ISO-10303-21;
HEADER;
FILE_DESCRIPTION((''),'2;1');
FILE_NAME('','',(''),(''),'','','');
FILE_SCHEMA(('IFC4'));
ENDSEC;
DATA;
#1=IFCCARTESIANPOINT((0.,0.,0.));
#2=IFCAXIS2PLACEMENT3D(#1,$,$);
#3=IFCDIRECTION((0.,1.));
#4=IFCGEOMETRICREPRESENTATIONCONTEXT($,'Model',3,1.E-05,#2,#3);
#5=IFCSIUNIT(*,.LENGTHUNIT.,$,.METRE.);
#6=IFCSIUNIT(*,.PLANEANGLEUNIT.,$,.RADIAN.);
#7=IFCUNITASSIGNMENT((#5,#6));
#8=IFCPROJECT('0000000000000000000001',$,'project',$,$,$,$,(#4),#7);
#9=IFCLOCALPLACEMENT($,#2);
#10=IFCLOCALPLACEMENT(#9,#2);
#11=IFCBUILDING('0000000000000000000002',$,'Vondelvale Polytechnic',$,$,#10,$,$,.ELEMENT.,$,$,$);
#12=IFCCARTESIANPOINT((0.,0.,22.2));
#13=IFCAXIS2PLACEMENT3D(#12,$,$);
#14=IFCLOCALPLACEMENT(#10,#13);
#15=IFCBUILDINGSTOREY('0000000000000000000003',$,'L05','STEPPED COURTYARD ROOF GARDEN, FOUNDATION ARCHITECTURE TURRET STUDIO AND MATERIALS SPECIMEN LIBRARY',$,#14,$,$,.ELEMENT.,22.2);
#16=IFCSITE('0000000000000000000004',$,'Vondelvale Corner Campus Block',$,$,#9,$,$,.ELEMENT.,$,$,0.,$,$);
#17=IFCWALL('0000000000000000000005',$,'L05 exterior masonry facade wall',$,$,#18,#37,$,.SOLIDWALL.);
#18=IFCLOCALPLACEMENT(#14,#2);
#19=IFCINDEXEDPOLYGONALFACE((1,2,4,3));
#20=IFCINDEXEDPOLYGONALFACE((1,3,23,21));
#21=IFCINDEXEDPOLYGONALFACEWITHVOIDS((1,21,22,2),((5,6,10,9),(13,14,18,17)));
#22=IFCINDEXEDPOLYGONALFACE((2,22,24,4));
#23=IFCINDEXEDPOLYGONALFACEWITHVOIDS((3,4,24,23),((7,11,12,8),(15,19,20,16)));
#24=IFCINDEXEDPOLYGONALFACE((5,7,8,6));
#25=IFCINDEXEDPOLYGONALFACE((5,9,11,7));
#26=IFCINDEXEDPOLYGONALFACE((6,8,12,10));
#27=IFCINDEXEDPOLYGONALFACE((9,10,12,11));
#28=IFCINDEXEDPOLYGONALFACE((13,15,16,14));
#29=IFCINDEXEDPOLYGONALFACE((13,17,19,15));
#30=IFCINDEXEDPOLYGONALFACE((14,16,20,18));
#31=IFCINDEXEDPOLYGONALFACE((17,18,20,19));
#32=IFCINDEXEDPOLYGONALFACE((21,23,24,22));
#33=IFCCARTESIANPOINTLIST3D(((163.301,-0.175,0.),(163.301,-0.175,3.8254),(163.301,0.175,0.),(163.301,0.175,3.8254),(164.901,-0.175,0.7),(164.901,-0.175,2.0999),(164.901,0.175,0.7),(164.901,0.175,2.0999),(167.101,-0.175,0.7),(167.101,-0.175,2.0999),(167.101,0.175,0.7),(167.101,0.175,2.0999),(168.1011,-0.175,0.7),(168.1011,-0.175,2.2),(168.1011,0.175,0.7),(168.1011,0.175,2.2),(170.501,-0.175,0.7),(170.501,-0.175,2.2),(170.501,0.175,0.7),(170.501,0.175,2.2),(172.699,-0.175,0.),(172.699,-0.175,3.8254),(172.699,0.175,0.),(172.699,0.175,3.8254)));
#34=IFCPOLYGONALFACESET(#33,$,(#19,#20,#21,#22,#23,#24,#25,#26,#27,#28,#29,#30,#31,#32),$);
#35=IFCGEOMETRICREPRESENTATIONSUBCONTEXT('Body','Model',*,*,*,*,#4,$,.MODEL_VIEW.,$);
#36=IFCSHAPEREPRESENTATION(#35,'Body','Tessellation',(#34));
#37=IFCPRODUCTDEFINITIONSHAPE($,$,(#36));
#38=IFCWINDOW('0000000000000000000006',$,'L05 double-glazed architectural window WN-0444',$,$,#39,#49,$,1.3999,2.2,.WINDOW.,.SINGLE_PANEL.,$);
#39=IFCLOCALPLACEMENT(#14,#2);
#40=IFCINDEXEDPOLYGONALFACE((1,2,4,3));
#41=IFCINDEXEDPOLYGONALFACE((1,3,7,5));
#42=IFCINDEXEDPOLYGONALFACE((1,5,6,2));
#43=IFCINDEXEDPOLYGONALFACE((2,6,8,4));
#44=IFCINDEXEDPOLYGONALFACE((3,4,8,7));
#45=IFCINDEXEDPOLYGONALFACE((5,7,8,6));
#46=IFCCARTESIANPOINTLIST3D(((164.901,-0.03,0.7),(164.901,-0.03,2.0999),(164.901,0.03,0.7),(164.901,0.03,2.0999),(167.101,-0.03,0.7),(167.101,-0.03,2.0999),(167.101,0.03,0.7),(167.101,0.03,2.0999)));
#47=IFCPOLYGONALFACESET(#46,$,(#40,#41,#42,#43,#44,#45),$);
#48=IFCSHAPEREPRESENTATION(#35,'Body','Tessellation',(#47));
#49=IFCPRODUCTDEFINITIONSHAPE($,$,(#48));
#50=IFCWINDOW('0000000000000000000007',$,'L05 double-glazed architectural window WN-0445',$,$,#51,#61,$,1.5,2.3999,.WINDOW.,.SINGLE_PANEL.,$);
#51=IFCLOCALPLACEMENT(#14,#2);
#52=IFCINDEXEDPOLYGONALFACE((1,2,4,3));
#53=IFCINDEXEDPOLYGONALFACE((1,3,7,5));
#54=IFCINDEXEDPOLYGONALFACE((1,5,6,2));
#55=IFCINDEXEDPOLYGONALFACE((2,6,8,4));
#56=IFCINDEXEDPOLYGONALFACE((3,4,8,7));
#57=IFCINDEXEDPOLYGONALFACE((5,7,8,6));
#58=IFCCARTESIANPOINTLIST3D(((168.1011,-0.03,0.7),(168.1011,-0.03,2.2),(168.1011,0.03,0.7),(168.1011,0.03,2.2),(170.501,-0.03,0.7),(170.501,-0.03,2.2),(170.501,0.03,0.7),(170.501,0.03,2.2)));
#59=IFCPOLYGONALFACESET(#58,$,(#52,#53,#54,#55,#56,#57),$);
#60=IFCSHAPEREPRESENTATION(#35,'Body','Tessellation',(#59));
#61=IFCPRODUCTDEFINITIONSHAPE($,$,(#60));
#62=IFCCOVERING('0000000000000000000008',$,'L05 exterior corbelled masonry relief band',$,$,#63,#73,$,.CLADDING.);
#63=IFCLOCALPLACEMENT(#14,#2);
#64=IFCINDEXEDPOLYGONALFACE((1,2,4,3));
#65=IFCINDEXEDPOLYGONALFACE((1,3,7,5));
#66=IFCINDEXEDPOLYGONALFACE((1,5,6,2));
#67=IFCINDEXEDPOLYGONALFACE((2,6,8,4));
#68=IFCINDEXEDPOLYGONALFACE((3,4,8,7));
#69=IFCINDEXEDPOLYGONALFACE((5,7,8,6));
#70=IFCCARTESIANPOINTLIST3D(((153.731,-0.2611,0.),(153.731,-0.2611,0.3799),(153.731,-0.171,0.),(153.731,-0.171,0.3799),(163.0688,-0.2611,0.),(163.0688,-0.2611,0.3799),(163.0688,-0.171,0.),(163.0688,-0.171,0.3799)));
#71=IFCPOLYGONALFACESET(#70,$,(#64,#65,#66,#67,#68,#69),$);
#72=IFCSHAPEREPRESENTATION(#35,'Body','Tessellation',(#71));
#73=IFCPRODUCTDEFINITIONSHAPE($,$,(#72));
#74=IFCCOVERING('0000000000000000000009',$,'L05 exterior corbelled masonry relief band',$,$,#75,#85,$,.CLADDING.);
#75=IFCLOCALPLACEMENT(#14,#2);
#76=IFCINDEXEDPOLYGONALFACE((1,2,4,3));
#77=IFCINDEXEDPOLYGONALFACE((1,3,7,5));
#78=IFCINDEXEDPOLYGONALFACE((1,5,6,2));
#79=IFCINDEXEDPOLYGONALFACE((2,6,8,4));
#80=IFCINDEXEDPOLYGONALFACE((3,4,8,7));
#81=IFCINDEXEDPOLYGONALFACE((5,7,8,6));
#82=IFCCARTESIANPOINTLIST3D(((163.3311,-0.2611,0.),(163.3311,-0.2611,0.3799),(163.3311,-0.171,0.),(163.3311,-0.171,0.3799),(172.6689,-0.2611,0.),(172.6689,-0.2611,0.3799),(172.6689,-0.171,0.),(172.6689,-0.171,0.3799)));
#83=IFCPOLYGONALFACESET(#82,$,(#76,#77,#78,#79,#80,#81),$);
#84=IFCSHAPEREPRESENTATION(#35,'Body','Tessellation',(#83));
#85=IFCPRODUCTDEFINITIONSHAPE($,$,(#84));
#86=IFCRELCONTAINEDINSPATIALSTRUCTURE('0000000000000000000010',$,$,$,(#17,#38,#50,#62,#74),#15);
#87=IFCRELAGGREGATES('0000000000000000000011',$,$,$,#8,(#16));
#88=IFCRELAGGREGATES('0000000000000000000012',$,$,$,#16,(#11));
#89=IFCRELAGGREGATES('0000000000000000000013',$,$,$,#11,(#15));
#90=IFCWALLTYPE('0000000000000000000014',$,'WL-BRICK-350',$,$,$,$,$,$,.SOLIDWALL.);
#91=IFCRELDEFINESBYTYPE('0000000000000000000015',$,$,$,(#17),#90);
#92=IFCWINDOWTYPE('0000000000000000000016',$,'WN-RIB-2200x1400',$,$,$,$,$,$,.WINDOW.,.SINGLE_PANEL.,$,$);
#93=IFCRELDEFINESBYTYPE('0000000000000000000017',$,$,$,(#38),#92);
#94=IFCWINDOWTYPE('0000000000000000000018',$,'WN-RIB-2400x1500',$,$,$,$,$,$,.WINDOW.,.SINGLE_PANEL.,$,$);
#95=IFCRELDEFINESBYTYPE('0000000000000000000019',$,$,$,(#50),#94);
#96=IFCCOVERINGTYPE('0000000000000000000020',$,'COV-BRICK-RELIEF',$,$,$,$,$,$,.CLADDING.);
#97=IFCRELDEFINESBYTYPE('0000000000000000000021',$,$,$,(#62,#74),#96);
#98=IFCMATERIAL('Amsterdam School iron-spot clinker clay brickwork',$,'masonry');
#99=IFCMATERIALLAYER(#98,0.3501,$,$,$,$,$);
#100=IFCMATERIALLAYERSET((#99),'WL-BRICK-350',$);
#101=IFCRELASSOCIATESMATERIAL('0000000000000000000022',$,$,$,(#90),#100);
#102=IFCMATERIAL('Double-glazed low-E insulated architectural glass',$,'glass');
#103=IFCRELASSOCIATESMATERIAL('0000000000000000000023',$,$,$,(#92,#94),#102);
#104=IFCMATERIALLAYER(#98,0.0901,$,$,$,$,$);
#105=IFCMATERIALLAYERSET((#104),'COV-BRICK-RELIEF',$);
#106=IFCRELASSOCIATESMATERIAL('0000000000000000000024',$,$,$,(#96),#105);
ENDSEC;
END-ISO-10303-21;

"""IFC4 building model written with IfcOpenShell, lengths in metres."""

from ifc_helpers import new_model, si_unit, direction, frame, frame_2d, origin, origin_2d, place, context, subcontext, project, spatial, rectangle, extrude, material, layer, layer_set, type_object, element, fill, save


model = new_model("IFC4")

# Units and contexts
model_context = context("Model", 3, precision=1e-05, world=origin(), true_north=direction((0.0, 1.0)))
body_context = subcontext(model_context, "Body", "Model", "MODEL_VIEW")
ifc_project = project(units=[si_unit("LENGTHUNIT", "METRE"), si_unit("PLANEANGLEUNIT", "RADIAN")], contexts=[model_context])

# Site, building, storey
site_placement = place(None, origin())
site = spatial("IfcSite", under=ifc_project, at=site_placement, Name="Vondelvale Corner Campus Block", CompositionType="ELEMENT", RefElevation=0.0)
building_placement = place(site_placement, origin())
building = spatial("IfcBuilding", under=site, at=building_placement, Name="Vondelvale Polytechnic", CompositionType="ELEMENT")
storey_placement = place(building_placement, frame((0.0, 0.0, 22.2)))
storey = spatial("IfcBuildingStorey", under=building, at=storey_placement, Name="L05", Description="STEPPED COURTYARD ROOF GARDEN, FOUNDATION ARCHITECTURE TURRET STUDIO AND MATERIALS SPECIMEN LIBRARY", CompositionType="ELEMENT", Elevation=22.2)

# Wall, openings, windows
ifc_material_1 = material(Name="Amsterdam School iron-spot clinker clay brickwork", Category="masonry")
ifc_layer_1 = layer(ifc_material_1, 0.3501)
ifc_layer_set_1 = layer_set([ifc_layer_1], Name="WL-BRICK-350")
wall_type = type_object("IfcWallType", Name="WL-BRICK-350", PredefinedType="SOLIDWALL", material=ifc_layer_set_1)
ifc_material_2 = material(Name="Double-glazed low-E insulated architectural glass", Category="glass")
window_type_1 = type_object("IfcWindowType", Name="WN-RIB-2200x1400", PartitioningType="SINGLE_PANEL", PredefinedType="WINDOW", material=ifc_material_2)
window_type_2 = type_object("IfcWindowType", Name="WN-RIB-2400x1500", PartitioningType="SINGLE_PANEL", PredefinedType="WINDOW", material=ifc_material_2)
wall_1_placement = place(storey_placement, frame((172.699, 0.0, 0.0), z_axis=(0.0, 0.0, 1.0), x_axis=(-1.0, 0.0, 0.0)))
wall_1 = element("IfcWall", 1, at=wall_1_placement, inside=storey, type_object=wall_type, Name="L05 exterior masonry facade wall", PredefinedType="SOLIDWALL", context=body_context, shape_type="SweptSolid", body=[
    extrude(rectangle(XDim=9.3979, YDim=0.3501, at=frame_2d((4.699, 0.0))), origin(), (0.0, 0.0, 1.0), 3.8254),
])
opening_1_placement = place(wall_1_placement, frame((5.5979, 0.0, 0.7)))
opening_1 = element("IfcOpeningElement", 2, at=opening_1_placement, cuts=wall_1, PredefinedType="OPENING", context=body_context, shape_type="SweptSolid", body=[
    extrude(rectangle(XDim=2.2, YDim=1.3999, at=frame_2d((1.1001, 0.7))), frame((0.0, 0.1851, 0.0), z_axis=(0.0, -1.0, 0.0), x_axis=(1.0, 0.0, 0.0)), (0.0, 0.0, 1.0), 0.3701),
])
opening_2_placement = place(wall_1_placement, frame((2.198, 0.0, 0.7)))
opening_2 = element("IfcOpeningElement", 3, at=opening_2_placement, cuts=wall_1, PredefinedType="OPENING", context=body_context, shape_type="SweptSolid", body=[
    extrude(rectangle(XDim=2.3999, YDim=1.5, at=frame_2d((1.2, 0.75))), frame((0.0, 0.1851, 0.0), z_axis=(0.0, -1.0, 0.0), x_axis=(1.0, 0.0, 0.0)), (0.0, 0.0, 1.0), 0.3701),
])
window_1_placement = place(opening_1_placement, origin())
window_1 = element("IfcWindow", 4, at=window_1_placement, inside=storey, type_object=window_type_1, Name="L05 double-glazed architectural window WN-0444", OverallHeight=1.3999, OverallWidth=2.2, PartitioningType="SINGLE_PANEL", PredefinedType="WINDOW", context=body_context, shape_type="SweptSolid", body=[
    extrude(rectangle(XDim=2.2, YDim=1.3999, at=frame_2d((1.1001, 0.7))), frame((0.0, 0.03, 0.0), z_axis=(0.0, -1.0, 0.0), x_axis=(1.0, 0.0, 0.0)), (0.0, 0.0, 1.0), 0.0601),
])
fill(opening_1, window_1)
window_2_placement = place(opening_2_placement, origin())
window_2 = element("IfcWindow", 5, at=window_2_placement, inside=storey, type_object=window_type_2, Name="L05 double-glazed architectural window WN-0445", OverallHeight=1.5, OverallWidth=2.3999, PartitioningType="SINGLE_PANEL", PredefinedType="WINDOW", context=body_context, shape_type="SweptSolid", body=[
    extrude(rectangle(XDim=2.3999, YDim=1.5, at=frame_2d((1.2, 0.75))), frame((0.0, 0.03, 0.0), z_axis=(0.0, -1.0, 0.0), x_axis=(1.0, 0.0, 0.0)), (0.0, 0.0, 1.0), 0.0601),
])
fill(opening_2, window_2)

# Coverings
ifc_layer_2 = layer(ifc_material_1, 0.0901)
ifc_layer_set_2 = layer_set([ifc_layer_2], Name="COV-BRICK-RELIEF")
covering_type = type_object("IfcCoveringType", Name="COV-BRICK-RELIEF", PredefinedType="CLADDING", material=ifc_layer_set_2)
for number, where, z_axis, x_axis, name in (
    (6, (158.3999, -0.2161, 0.0), (0.0, 0.0, 1.0), (-1.0, 0.0, 0.0), "L05 exterior corbelled masonry relief band"),
    (7, (168.0, -0.2161, 0.0), (0.0, 0.0, 1.0), (-1.0, 0.0, 0.0), "L05 exterior corbelled masonry relief band"),
):
    element("IfcCovering", number, at=place(storey_placement, frame(where, z_axis=z_axis, x_axis=x_axis)), inside=storey, type_object=covering_type, Name=name, PredefinedType="CLADDING", context=body_context, shape_type="SweptSolid", body=[
        extrude(rectangle(XDim=9.3379, YDim=0.0901, at=origin_2d()), origin(), (0.0, 0.0, 1.0), 0.3799),
    ])

save(model, "model.ifc")
